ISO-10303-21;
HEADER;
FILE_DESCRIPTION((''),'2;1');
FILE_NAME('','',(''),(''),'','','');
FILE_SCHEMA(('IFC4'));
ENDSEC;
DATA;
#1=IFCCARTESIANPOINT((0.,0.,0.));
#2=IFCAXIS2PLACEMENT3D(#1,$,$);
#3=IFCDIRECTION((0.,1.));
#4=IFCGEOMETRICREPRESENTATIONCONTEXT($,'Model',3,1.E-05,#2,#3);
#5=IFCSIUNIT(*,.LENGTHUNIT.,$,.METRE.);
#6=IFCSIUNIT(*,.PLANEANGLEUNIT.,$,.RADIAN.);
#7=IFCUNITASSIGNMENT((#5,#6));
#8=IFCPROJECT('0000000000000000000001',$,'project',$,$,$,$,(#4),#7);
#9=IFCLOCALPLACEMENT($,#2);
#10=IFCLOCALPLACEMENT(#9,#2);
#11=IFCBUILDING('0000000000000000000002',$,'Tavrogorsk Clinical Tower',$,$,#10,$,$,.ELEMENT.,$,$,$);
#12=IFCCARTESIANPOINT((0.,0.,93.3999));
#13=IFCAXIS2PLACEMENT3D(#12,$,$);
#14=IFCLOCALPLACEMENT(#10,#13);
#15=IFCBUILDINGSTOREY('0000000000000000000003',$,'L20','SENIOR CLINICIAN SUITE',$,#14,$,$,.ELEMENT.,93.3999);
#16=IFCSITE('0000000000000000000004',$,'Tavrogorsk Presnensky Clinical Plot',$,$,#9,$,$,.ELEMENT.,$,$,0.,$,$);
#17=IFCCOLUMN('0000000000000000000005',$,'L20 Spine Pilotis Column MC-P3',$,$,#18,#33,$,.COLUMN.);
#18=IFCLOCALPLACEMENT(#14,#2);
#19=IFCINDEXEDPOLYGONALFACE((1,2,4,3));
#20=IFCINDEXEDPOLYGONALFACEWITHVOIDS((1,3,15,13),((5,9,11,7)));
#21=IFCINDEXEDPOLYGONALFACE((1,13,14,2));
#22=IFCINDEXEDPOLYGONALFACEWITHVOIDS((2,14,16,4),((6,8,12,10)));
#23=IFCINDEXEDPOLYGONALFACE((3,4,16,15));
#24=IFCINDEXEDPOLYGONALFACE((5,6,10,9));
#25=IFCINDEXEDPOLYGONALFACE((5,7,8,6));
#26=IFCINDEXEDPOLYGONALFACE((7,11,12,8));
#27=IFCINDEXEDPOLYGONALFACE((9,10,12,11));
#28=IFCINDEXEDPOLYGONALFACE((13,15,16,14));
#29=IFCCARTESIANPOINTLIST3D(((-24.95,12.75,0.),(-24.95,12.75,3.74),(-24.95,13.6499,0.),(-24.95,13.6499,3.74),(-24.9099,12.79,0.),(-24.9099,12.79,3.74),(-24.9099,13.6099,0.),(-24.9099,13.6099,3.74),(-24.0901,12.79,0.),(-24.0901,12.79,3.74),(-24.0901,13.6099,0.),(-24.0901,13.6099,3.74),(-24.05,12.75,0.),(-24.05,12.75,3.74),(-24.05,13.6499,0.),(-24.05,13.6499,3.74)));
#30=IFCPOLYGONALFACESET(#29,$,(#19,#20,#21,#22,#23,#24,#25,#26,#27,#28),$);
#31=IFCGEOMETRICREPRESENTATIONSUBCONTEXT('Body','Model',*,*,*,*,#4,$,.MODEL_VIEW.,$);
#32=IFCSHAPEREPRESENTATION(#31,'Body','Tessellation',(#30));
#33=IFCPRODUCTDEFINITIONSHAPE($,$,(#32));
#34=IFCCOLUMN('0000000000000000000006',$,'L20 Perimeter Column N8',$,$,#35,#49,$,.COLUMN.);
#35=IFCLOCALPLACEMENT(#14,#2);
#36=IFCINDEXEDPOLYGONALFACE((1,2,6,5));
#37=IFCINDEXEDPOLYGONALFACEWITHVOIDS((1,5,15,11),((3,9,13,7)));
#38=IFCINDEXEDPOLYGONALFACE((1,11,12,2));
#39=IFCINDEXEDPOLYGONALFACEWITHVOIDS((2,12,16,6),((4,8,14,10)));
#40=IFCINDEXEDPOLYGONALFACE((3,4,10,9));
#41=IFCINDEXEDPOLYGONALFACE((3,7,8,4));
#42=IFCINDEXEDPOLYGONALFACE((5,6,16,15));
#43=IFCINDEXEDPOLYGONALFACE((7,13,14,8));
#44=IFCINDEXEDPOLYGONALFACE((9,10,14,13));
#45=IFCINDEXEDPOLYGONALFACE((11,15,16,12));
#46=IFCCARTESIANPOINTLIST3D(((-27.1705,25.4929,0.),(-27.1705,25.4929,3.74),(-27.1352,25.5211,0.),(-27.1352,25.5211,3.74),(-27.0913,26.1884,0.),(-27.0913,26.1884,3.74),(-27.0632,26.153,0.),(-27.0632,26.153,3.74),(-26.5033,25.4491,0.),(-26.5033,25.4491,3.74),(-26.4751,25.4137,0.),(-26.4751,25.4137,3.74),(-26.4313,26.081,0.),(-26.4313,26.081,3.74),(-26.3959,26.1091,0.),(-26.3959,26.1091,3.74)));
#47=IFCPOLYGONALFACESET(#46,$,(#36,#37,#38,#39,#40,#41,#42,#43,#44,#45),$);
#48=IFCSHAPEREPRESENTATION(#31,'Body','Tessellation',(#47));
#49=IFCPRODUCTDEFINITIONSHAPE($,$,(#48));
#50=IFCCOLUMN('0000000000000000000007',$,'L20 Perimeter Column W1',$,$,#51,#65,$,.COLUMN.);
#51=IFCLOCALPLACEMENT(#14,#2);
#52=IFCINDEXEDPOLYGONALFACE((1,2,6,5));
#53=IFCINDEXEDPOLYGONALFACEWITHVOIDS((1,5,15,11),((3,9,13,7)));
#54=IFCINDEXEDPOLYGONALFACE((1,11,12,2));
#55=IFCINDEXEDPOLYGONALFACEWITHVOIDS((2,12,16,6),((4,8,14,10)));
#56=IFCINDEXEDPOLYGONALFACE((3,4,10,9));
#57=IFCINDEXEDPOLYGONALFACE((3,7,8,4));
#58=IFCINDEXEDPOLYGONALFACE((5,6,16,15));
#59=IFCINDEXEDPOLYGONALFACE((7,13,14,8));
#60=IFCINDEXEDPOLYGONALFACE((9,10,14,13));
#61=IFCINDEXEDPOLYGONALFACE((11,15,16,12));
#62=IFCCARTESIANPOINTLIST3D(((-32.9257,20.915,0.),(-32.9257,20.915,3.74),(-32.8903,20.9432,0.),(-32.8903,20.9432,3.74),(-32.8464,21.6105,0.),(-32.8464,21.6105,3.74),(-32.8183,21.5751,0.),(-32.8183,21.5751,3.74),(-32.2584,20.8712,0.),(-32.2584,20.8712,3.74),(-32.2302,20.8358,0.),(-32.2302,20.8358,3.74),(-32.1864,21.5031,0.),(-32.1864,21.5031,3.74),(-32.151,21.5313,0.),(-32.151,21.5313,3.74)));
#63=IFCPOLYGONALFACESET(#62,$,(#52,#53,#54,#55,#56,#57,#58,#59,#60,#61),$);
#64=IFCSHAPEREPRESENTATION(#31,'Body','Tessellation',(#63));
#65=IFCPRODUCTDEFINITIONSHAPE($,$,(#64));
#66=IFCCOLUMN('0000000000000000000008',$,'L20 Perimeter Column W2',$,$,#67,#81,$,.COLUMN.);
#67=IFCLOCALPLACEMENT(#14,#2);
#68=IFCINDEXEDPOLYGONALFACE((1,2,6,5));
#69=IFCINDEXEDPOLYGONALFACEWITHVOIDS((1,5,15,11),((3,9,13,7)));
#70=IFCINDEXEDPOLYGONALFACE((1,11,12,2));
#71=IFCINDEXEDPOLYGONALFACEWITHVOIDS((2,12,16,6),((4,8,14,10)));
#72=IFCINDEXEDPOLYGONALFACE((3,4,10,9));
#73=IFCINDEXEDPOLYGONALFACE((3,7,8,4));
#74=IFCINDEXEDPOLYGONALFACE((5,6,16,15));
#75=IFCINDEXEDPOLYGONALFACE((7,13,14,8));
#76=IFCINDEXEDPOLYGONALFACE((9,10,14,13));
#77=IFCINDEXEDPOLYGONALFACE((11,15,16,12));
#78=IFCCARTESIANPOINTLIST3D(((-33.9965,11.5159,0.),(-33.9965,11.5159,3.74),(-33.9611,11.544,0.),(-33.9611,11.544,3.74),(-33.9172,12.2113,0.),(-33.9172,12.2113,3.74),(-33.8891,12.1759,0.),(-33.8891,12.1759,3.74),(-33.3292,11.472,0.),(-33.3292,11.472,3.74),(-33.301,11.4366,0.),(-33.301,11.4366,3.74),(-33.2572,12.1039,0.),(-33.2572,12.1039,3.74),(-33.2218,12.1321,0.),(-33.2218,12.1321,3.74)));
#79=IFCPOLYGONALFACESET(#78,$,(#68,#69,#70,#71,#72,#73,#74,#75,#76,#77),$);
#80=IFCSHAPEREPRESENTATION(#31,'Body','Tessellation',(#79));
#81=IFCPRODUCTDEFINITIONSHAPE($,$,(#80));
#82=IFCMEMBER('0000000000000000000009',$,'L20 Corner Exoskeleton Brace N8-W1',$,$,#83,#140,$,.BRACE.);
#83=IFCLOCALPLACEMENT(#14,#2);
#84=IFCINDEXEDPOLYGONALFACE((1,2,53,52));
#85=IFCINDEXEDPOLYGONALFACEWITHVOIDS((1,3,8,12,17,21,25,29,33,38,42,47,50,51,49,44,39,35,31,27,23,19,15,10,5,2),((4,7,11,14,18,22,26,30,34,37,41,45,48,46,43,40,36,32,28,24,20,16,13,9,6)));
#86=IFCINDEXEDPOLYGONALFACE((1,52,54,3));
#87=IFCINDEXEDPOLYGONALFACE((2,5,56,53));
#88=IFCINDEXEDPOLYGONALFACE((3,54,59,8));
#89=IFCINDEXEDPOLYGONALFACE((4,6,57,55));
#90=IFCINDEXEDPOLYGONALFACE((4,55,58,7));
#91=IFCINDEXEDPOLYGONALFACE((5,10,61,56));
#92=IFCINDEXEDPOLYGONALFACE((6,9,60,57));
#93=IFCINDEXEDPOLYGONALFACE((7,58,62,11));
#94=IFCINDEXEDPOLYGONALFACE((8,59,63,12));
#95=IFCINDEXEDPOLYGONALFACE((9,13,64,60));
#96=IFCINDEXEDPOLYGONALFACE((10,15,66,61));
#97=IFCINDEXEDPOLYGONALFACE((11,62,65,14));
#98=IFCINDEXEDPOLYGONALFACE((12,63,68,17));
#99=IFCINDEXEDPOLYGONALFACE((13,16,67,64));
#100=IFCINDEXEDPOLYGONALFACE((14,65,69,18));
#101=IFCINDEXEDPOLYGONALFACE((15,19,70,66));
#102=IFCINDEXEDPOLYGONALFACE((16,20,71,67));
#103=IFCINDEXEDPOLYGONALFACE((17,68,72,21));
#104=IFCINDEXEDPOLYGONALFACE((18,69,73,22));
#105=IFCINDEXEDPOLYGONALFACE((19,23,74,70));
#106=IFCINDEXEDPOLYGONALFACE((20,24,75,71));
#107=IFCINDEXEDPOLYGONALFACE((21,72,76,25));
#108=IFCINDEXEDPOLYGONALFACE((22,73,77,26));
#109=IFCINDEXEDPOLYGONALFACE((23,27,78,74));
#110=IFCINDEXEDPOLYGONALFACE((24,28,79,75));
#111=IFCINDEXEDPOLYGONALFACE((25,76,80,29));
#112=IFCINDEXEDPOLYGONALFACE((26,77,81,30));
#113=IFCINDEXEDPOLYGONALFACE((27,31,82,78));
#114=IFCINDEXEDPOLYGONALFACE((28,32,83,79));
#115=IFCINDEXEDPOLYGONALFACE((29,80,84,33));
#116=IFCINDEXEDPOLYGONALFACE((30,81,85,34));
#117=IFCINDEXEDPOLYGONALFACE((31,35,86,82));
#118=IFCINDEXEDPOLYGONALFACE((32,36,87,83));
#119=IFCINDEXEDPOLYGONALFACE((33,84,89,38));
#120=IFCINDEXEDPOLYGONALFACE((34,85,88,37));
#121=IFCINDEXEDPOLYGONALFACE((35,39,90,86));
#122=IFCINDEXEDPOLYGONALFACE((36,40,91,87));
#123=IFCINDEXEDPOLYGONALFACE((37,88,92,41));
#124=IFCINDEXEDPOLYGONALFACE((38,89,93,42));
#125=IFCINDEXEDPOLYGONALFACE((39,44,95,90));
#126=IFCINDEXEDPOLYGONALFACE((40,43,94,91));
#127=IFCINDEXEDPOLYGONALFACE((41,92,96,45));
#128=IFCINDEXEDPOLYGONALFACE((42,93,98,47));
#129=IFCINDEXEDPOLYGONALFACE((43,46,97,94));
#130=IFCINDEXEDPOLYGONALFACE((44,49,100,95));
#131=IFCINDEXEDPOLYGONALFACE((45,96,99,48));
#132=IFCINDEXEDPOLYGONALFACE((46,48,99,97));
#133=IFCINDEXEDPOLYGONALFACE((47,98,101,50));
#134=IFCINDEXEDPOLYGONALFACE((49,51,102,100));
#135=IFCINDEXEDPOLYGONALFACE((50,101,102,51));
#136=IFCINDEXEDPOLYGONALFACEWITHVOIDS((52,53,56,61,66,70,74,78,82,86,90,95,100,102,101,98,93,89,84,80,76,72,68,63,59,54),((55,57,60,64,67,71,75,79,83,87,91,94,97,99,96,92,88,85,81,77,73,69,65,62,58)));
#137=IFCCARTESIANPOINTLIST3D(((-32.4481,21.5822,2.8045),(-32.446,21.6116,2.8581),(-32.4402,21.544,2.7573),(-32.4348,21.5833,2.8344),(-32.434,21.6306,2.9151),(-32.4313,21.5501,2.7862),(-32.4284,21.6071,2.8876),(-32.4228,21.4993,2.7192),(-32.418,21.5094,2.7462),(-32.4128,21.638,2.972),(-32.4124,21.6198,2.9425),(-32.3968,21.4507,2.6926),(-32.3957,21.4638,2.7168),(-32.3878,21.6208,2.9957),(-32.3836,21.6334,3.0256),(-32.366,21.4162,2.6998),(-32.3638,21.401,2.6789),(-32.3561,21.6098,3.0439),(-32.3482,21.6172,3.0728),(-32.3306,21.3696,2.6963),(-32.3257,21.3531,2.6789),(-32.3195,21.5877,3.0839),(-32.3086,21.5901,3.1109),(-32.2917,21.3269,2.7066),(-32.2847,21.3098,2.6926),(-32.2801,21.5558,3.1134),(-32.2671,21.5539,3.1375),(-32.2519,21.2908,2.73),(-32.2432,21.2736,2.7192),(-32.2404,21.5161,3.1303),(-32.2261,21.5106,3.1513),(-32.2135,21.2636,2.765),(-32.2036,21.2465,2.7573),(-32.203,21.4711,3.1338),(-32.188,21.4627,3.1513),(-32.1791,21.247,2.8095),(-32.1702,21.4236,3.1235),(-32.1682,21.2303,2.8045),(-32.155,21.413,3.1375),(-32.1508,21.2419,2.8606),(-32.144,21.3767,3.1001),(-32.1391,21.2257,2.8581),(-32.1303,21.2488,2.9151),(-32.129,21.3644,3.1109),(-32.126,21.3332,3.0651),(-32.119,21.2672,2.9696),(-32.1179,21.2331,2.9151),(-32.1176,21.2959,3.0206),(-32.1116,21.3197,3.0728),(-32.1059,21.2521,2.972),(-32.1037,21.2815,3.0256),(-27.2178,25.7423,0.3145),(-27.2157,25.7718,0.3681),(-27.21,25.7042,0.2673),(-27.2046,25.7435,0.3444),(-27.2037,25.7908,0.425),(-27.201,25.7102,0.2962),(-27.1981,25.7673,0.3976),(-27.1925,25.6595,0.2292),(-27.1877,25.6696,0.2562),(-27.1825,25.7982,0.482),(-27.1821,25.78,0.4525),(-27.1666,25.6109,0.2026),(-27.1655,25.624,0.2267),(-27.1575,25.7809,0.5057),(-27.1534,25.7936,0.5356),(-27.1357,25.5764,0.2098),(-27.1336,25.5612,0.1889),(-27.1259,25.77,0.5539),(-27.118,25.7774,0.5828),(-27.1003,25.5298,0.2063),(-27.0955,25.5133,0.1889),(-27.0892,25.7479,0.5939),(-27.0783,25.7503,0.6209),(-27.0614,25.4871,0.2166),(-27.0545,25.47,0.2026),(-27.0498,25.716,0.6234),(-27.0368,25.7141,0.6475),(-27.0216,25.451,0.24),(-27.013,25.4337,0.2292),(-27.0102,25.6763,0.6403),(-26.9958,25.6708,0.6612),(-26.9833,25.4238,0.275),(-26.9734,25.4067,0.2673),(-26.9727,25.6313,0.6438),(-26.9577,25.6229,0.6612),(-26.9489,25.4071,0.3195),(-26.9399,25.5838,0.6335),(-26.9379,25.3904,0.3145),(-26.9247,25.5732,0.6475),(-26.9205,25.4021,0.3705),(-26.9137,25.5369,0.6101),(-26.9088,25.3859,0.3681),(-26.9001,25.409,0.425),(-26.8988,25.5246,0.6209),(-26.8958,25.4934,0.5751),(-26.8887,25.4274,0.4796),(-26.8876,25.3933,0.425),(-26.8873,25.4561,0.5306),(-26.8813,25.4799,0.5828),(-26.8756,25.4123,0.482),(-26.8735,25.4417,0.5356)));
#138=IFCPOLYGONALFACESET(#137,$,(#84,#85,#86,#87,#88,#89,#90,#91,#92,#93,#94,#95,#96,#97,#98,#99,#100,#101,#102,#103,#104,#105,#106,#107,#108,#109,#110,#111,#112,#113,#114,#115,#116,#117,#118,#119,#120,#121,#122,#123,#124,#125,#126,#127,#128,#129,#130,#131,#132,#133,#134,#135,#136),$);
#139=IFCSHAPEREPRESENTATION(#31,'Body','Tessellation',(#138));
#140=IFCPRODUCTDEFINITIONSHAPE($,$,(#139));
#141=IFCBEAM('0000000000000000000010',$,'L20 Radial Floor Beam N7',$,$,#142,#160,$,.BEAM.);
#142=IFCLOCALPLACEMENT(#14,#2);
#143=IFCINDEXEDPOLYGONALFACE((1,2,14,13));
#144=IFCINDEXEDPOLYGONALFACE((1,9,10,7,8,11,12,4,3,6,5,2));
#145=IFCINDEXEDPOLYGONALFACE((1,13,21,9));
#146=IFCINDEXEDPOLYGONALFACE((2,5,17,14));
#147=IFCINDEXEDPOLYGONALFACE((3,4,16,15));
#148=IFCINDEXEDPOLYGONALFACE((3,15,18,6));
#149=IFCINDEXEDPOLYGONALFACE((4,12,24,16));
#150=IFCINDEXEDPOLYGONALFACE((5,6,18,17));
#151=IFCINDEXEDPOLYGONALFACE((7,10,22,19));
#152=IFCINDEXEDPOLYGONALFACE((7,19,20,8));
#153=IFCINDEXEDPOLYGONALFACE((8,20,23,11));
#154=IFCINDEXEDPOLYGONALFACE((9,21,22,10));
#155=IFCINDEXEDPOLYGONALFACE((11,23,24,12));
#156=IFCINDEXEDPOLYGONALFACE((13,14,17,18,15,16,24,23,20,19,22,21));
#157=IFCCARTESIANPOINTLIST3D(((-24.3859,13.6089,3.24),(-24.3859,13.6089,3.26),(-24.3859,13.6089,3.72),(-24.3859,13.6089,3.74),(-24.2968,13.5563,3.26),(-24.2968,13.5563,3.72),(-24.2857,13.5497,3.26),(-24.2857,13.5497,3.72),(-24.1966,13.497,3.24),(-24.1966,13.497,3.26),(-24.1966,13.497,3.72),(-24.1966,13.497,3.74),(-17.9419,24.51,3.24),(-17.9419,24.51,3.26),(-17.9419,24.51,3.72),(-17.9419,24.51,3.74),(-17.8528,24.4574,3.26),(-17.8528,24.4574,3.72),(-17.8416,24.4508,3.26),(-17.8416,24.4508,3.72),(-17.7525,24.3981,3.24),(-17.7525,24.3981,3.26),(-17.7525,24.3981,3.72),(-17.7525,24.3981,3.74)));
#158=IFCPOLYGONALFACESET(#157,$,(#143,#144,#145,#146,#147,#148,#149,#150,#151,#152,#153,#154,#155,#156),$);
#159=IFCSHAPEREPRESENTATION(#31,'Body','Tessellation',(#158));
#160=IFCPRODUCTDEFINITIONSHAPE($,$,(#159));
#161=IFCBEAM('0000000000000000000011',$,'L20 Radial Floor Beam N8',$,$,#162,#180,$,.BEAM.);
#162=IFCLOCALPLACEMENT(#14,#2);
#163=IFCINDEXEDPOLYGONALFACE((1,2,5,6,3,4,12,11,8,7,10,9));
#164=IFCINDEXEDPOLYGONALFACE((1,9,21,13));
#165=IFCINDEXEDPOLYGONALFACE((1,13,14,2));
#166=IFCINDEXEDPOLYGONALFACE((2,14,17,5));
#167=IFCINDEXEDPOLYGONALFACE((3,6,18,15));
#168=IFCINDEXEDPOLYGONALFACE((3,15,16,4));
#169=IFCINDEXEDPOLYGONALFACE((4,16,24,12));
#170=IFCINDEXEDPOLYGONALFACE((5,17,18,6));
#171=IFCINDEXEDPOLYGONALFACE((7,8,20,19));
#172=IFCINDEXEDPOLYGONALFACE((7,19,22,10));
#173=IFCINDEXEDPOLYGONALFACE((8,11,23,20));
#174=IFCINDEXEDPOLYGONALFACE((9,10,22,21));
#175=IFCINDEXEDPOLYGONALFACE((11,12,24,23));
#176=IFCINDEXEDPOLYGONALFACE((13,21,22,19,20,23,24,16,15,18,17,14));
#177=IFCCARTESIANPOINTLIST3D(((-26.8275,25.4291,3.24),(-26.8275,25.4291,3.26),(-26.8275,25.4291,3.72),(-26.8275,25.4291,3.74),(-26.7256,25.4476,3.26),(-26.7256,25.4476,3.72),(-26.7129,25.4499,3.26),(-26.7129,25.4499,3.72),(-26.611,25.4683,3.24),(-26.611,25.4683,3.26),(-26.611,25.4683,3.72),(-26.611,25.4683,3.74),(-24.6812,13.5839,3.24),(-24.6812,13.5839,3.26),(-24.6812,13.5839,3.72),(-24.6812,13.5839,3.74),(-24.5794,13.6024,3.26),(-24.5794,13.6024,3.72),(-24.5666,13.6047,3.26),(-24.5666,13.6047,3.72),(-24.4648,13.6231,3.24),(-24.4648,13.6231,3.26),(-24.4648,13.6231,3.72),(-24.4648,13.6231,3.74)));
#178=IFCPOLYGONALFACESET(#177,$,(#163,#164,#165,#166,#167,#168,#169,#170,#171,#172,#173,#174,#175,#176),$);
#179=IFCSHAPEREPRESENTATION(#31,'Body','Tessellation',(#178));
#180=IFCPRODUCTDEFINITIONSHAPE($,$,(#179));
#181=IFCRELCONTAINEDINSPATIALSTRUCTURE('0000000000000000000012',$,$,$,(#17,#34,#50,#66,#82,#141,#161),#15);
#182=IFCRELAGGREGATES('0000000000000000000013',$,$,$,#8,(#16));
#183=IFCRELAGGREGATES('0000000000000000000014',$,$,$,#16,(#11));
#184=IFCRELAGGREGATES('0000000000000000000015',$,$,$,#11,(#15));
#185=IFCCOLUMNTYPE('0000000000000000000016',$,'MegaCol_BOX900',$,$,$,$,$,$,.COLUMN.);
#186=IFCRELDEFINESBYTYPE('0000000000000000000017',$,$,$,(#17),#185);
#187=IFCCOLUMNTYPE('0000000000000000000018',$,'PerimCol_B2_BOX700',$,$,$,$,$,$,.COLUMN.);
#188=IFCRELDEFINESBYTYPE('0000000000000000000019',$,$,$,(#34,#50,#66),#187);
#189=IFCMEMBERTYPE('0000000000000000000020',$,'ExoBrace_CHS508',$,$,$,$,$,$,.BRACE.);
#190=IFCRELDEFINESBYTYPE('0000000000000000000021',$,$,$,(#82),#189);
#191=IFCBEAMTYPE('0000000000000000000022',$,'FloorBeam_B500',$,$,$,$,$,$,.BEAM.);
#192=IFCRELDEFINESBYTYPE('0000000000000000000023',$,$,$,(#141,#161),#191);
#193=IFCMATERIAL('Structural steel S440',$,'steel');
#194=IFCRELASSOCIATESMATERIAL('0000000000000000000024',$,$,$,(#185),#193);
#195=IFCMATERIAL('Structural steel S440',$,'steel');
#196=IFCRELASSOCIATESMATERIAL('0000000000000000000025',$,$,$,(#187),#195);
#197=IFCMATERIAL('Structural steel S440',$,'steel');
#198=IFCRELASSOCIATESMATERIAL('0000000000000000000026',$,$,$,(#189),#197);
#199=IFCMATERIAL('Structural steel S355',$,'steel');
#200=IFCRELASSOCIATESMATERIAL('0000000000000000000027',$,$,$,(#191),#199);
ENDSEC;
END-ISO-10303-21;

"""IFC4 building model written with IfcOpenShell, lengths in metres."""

from ifc_helpers import new_model, si_unit, direction, frame, origin, origin_2d, place, context, subcontext, project, spatial, hollow_rectangle, hollow_circle, i_section, extrude, material, material_profile, profile_set, type_object, element, save


model = new_model("IFC4")

# Units and contexts
model_context = context("Model", 3, precision=1e-05, world=origin(), true_north=direction((0.0, 1.0)))
body_context = subcontext(model_context, "Body", "Model", "MODEL_VIEW")
ifc_project = project(units=[si_unit("LENGTHUNIT", "METRE"), si_unit("PLANEANGLEUNIT", "RADIAN")], contexts=[model_context])

# Site, building, storey
site_placement = place(None, origin())
site = spatial("IfcSite", under=ifc_project, at=site_placement, Name="Tavrogorsk Presnensky Clinical Plot", CompositionType="ELEMENT", RefElevation=0.0)
building_placement = place(site_placement, origin())
building = spatial("IfcBuilding", under=site, at=building_placement, Name="Tavrogorsk Clinical Tower", CompositionType="ELEMENT")
storey_placement = place(building_placement, frame((0.0, 0.0, 93.3999)))
storey = spatial("IfcBuildingStorey", under=building, at=storey_placement, Name="L20", Description="SENIOR CLINICIAN SUITE", CompositionType="ELEMENT", Elevation=93.3999)

# Columns
ifc_material_1 = material(Name="Structural steel S440", Category="steel")
ifc_material_profile_1 = material_profile(ifc_material_1, hollow_rectangle(XDim=0.8999, YDim=0.8999, WallThickness=0.04, at=origin_2d()), Name="BOX-900x900x40")
ifc_profile_set_1 = profile_set([ifc_material_profile_1], Name="Structural steel S440")
column_type_1 = type_object("IfcColumnType", Name="MegaCol_BOX900", PredefinedType="COLUMN", material=ifc_profile_set_1)
column_placement = place(storey_placement, frame((-24.5, 13.2, 0.0), z_axis=(0.0, 0.0, 1.0), x_axis=(1.0, 0.0, 0.0)))
element("IfcColumn", 1, at=column_placement, inside=storey, type_object=column_type_1, Name="L20 Spine Pilotis Column MC-P3", PredefinedType="COLUMN", context=body_context, shape_type="SweptSolid", body=[
    extrude(hollow_rectangle(XDim=0.8999, YDim=0.8999, WallThickness=0.04, at=origin_2d()), origin(), (0.0, 0.0, 1.0), 3.74),
])
ifc_material_2 = material(Name="Structural steel S440", Category="steel")
ifc_material_profile_2 = material_profile(ifc_material_2, hollow_rectangle(XDim=0.7, YDim=0.7, WallThickness=0.032, at=origin_2d()), Name="BOX-700x700x32")
ifc_profile_set_2 = profile_set([ifc_material_profile_2], Name="Structural steel S440")
column_type_2 = type_object("IfcColumnType", Name="PerimCol_B2_BOX700", PredefinedType="COLUMN", material=ifc_profile_set_2)
for number, where, z_axis, x_axis, name in (
    (2, (-26.7832, 25.801, 0.0), (0.0, 0.0, 1.0), (0.993572, -0.113203, 0.0), "L20 Perimeter Column N8"),
    (3, (-32.5383, 21.2231, 0.0), (0.0, 0.0, 1.0), (0.993572, -0.113203, 0.0), "L20 Perimeter Column W1"),
    (4, (-33.6091, 11.824, 0.0), (0.0, 0.0, 1.0), (0.993572, -0.113203, 0.0), "L20 Perimeter Column W2"),
):
    element("IfcColumn", number, at=place(storey_placement, frame(where, z_axis=z_axis, x_axis=x_axis)), inside=storey, type_object=column_type_2, Name=name, PredefinedType="COLUMN", context=body_context, shape_type="SweptSolid", body=[
        extrude(hollow_rectangle(XDim=0.7, YDim=0.7, WallThickness=0.032, at=origin_2d()), origin(), (0.0, 0.0, 1.0), 3.74),
    ])

# Member
ifc_material_3 = material(Name="Structural steel S440", Category="steel")
ifc_material_profile_3 = material_profile(ifc_material_3, hollow_circle(Radius=0.2539, WallThickness=0.02, at=origin_2d()), Name="CHS-508x20")
ifc_profile_set_3 = profile_set([ifc_material_profile_3], Name="Structural steel S440")
member_type_1 = type_object("IfcMemberType", Name="ExoBrace_CHS508", PredefinedType="BRACE", material=ifc_profile_set_3)
member_1_placement = place(storey_placement, frame((-27.0457, 25.592, 0.425), z_axis=(-0.733369, -0.583327, 0.34914), x_axis=(0.622501, -0.782619, 0.0)))
element("IfcMember", 5, at=member_1_placement, inside=storey, type_object=member_type_1, Name="L20 Corner Exoskeleton Brace N8-W1", PredefinedType="BRACE", context=body_context, shape_type="SweptSolid", body=[
    extrude(hollow_circle(Radius=0.2539, WallThickness=0.02, at=origin_2d()), origin(), (0.0, 0.0, 1.0), 7.1318),
])

# Beams
ifc_material_4 = material(Name="Structural steel S355", Category="steel")
ifc_material_profile_4 = material_profile(ifc_material_4, i_section(OverallWidth=0.22, OverallDepth=0.5, WebThickness=0.0129, FlangeThickness=0.02, at=origin_2d()), Name="B-500x220x13x20")
ifc_profile_set_4 = profile_set([ifc_material_profile_4], Name="Structural steel S355")
beam_type_1 = type_object("IfcBeamType", Name="FloorBeam_B500", PredefinedType="BEAM", material=ifc_profile_set_4)
beam_1_placement = place(storey_placement, frame((-24.2913, 13.553, 3.49), z_axis=(0.508877, 0.860839, 0.0), x_axis=(-0.860839, 0.508877, 0.0)))
element("IfcBeam", 6, at=beam_1_placement, inside=storey, type_object=beam_type_1, Name="L20 Radial Floor Beam N7", PredefinedType="BEAM", context=body_context, shape_type="SweptSolid", body=[
    extrude(i_section(OverallWidth=0.22, OverallDepth=0.5, WebThickness=0.0129, FlangeThickness=0.02, at=origin_2d()), origin(), (0.0, 0.0, 1.0), 12.6633),
])
beam_2_placement = place(storey_placement, frame((-24.573, 13.6035, 3.49), z_axis=(-0.178288, 0.983978, 0.0), x_axis=(-0.983978, -0.178288, 0.0)))
element("IfcBeam", 7, at=beam_2_placement, inside=storey, type_object=beam_type_1, Name="L20 Radial Floor Beam N8", PredefinedType="BEAM", context=body_context, shape_type="SweptSolid", body=[
    extrude(i_section(OverallWidth=0.22, OverallDepth=0.5, WebThickness=0.0129, FlangeThickness=0.02, at=origin_2d()), origin(), (0.0, 0.0, 1.0), 12.0381),
])

save(model, "model.ifc")
